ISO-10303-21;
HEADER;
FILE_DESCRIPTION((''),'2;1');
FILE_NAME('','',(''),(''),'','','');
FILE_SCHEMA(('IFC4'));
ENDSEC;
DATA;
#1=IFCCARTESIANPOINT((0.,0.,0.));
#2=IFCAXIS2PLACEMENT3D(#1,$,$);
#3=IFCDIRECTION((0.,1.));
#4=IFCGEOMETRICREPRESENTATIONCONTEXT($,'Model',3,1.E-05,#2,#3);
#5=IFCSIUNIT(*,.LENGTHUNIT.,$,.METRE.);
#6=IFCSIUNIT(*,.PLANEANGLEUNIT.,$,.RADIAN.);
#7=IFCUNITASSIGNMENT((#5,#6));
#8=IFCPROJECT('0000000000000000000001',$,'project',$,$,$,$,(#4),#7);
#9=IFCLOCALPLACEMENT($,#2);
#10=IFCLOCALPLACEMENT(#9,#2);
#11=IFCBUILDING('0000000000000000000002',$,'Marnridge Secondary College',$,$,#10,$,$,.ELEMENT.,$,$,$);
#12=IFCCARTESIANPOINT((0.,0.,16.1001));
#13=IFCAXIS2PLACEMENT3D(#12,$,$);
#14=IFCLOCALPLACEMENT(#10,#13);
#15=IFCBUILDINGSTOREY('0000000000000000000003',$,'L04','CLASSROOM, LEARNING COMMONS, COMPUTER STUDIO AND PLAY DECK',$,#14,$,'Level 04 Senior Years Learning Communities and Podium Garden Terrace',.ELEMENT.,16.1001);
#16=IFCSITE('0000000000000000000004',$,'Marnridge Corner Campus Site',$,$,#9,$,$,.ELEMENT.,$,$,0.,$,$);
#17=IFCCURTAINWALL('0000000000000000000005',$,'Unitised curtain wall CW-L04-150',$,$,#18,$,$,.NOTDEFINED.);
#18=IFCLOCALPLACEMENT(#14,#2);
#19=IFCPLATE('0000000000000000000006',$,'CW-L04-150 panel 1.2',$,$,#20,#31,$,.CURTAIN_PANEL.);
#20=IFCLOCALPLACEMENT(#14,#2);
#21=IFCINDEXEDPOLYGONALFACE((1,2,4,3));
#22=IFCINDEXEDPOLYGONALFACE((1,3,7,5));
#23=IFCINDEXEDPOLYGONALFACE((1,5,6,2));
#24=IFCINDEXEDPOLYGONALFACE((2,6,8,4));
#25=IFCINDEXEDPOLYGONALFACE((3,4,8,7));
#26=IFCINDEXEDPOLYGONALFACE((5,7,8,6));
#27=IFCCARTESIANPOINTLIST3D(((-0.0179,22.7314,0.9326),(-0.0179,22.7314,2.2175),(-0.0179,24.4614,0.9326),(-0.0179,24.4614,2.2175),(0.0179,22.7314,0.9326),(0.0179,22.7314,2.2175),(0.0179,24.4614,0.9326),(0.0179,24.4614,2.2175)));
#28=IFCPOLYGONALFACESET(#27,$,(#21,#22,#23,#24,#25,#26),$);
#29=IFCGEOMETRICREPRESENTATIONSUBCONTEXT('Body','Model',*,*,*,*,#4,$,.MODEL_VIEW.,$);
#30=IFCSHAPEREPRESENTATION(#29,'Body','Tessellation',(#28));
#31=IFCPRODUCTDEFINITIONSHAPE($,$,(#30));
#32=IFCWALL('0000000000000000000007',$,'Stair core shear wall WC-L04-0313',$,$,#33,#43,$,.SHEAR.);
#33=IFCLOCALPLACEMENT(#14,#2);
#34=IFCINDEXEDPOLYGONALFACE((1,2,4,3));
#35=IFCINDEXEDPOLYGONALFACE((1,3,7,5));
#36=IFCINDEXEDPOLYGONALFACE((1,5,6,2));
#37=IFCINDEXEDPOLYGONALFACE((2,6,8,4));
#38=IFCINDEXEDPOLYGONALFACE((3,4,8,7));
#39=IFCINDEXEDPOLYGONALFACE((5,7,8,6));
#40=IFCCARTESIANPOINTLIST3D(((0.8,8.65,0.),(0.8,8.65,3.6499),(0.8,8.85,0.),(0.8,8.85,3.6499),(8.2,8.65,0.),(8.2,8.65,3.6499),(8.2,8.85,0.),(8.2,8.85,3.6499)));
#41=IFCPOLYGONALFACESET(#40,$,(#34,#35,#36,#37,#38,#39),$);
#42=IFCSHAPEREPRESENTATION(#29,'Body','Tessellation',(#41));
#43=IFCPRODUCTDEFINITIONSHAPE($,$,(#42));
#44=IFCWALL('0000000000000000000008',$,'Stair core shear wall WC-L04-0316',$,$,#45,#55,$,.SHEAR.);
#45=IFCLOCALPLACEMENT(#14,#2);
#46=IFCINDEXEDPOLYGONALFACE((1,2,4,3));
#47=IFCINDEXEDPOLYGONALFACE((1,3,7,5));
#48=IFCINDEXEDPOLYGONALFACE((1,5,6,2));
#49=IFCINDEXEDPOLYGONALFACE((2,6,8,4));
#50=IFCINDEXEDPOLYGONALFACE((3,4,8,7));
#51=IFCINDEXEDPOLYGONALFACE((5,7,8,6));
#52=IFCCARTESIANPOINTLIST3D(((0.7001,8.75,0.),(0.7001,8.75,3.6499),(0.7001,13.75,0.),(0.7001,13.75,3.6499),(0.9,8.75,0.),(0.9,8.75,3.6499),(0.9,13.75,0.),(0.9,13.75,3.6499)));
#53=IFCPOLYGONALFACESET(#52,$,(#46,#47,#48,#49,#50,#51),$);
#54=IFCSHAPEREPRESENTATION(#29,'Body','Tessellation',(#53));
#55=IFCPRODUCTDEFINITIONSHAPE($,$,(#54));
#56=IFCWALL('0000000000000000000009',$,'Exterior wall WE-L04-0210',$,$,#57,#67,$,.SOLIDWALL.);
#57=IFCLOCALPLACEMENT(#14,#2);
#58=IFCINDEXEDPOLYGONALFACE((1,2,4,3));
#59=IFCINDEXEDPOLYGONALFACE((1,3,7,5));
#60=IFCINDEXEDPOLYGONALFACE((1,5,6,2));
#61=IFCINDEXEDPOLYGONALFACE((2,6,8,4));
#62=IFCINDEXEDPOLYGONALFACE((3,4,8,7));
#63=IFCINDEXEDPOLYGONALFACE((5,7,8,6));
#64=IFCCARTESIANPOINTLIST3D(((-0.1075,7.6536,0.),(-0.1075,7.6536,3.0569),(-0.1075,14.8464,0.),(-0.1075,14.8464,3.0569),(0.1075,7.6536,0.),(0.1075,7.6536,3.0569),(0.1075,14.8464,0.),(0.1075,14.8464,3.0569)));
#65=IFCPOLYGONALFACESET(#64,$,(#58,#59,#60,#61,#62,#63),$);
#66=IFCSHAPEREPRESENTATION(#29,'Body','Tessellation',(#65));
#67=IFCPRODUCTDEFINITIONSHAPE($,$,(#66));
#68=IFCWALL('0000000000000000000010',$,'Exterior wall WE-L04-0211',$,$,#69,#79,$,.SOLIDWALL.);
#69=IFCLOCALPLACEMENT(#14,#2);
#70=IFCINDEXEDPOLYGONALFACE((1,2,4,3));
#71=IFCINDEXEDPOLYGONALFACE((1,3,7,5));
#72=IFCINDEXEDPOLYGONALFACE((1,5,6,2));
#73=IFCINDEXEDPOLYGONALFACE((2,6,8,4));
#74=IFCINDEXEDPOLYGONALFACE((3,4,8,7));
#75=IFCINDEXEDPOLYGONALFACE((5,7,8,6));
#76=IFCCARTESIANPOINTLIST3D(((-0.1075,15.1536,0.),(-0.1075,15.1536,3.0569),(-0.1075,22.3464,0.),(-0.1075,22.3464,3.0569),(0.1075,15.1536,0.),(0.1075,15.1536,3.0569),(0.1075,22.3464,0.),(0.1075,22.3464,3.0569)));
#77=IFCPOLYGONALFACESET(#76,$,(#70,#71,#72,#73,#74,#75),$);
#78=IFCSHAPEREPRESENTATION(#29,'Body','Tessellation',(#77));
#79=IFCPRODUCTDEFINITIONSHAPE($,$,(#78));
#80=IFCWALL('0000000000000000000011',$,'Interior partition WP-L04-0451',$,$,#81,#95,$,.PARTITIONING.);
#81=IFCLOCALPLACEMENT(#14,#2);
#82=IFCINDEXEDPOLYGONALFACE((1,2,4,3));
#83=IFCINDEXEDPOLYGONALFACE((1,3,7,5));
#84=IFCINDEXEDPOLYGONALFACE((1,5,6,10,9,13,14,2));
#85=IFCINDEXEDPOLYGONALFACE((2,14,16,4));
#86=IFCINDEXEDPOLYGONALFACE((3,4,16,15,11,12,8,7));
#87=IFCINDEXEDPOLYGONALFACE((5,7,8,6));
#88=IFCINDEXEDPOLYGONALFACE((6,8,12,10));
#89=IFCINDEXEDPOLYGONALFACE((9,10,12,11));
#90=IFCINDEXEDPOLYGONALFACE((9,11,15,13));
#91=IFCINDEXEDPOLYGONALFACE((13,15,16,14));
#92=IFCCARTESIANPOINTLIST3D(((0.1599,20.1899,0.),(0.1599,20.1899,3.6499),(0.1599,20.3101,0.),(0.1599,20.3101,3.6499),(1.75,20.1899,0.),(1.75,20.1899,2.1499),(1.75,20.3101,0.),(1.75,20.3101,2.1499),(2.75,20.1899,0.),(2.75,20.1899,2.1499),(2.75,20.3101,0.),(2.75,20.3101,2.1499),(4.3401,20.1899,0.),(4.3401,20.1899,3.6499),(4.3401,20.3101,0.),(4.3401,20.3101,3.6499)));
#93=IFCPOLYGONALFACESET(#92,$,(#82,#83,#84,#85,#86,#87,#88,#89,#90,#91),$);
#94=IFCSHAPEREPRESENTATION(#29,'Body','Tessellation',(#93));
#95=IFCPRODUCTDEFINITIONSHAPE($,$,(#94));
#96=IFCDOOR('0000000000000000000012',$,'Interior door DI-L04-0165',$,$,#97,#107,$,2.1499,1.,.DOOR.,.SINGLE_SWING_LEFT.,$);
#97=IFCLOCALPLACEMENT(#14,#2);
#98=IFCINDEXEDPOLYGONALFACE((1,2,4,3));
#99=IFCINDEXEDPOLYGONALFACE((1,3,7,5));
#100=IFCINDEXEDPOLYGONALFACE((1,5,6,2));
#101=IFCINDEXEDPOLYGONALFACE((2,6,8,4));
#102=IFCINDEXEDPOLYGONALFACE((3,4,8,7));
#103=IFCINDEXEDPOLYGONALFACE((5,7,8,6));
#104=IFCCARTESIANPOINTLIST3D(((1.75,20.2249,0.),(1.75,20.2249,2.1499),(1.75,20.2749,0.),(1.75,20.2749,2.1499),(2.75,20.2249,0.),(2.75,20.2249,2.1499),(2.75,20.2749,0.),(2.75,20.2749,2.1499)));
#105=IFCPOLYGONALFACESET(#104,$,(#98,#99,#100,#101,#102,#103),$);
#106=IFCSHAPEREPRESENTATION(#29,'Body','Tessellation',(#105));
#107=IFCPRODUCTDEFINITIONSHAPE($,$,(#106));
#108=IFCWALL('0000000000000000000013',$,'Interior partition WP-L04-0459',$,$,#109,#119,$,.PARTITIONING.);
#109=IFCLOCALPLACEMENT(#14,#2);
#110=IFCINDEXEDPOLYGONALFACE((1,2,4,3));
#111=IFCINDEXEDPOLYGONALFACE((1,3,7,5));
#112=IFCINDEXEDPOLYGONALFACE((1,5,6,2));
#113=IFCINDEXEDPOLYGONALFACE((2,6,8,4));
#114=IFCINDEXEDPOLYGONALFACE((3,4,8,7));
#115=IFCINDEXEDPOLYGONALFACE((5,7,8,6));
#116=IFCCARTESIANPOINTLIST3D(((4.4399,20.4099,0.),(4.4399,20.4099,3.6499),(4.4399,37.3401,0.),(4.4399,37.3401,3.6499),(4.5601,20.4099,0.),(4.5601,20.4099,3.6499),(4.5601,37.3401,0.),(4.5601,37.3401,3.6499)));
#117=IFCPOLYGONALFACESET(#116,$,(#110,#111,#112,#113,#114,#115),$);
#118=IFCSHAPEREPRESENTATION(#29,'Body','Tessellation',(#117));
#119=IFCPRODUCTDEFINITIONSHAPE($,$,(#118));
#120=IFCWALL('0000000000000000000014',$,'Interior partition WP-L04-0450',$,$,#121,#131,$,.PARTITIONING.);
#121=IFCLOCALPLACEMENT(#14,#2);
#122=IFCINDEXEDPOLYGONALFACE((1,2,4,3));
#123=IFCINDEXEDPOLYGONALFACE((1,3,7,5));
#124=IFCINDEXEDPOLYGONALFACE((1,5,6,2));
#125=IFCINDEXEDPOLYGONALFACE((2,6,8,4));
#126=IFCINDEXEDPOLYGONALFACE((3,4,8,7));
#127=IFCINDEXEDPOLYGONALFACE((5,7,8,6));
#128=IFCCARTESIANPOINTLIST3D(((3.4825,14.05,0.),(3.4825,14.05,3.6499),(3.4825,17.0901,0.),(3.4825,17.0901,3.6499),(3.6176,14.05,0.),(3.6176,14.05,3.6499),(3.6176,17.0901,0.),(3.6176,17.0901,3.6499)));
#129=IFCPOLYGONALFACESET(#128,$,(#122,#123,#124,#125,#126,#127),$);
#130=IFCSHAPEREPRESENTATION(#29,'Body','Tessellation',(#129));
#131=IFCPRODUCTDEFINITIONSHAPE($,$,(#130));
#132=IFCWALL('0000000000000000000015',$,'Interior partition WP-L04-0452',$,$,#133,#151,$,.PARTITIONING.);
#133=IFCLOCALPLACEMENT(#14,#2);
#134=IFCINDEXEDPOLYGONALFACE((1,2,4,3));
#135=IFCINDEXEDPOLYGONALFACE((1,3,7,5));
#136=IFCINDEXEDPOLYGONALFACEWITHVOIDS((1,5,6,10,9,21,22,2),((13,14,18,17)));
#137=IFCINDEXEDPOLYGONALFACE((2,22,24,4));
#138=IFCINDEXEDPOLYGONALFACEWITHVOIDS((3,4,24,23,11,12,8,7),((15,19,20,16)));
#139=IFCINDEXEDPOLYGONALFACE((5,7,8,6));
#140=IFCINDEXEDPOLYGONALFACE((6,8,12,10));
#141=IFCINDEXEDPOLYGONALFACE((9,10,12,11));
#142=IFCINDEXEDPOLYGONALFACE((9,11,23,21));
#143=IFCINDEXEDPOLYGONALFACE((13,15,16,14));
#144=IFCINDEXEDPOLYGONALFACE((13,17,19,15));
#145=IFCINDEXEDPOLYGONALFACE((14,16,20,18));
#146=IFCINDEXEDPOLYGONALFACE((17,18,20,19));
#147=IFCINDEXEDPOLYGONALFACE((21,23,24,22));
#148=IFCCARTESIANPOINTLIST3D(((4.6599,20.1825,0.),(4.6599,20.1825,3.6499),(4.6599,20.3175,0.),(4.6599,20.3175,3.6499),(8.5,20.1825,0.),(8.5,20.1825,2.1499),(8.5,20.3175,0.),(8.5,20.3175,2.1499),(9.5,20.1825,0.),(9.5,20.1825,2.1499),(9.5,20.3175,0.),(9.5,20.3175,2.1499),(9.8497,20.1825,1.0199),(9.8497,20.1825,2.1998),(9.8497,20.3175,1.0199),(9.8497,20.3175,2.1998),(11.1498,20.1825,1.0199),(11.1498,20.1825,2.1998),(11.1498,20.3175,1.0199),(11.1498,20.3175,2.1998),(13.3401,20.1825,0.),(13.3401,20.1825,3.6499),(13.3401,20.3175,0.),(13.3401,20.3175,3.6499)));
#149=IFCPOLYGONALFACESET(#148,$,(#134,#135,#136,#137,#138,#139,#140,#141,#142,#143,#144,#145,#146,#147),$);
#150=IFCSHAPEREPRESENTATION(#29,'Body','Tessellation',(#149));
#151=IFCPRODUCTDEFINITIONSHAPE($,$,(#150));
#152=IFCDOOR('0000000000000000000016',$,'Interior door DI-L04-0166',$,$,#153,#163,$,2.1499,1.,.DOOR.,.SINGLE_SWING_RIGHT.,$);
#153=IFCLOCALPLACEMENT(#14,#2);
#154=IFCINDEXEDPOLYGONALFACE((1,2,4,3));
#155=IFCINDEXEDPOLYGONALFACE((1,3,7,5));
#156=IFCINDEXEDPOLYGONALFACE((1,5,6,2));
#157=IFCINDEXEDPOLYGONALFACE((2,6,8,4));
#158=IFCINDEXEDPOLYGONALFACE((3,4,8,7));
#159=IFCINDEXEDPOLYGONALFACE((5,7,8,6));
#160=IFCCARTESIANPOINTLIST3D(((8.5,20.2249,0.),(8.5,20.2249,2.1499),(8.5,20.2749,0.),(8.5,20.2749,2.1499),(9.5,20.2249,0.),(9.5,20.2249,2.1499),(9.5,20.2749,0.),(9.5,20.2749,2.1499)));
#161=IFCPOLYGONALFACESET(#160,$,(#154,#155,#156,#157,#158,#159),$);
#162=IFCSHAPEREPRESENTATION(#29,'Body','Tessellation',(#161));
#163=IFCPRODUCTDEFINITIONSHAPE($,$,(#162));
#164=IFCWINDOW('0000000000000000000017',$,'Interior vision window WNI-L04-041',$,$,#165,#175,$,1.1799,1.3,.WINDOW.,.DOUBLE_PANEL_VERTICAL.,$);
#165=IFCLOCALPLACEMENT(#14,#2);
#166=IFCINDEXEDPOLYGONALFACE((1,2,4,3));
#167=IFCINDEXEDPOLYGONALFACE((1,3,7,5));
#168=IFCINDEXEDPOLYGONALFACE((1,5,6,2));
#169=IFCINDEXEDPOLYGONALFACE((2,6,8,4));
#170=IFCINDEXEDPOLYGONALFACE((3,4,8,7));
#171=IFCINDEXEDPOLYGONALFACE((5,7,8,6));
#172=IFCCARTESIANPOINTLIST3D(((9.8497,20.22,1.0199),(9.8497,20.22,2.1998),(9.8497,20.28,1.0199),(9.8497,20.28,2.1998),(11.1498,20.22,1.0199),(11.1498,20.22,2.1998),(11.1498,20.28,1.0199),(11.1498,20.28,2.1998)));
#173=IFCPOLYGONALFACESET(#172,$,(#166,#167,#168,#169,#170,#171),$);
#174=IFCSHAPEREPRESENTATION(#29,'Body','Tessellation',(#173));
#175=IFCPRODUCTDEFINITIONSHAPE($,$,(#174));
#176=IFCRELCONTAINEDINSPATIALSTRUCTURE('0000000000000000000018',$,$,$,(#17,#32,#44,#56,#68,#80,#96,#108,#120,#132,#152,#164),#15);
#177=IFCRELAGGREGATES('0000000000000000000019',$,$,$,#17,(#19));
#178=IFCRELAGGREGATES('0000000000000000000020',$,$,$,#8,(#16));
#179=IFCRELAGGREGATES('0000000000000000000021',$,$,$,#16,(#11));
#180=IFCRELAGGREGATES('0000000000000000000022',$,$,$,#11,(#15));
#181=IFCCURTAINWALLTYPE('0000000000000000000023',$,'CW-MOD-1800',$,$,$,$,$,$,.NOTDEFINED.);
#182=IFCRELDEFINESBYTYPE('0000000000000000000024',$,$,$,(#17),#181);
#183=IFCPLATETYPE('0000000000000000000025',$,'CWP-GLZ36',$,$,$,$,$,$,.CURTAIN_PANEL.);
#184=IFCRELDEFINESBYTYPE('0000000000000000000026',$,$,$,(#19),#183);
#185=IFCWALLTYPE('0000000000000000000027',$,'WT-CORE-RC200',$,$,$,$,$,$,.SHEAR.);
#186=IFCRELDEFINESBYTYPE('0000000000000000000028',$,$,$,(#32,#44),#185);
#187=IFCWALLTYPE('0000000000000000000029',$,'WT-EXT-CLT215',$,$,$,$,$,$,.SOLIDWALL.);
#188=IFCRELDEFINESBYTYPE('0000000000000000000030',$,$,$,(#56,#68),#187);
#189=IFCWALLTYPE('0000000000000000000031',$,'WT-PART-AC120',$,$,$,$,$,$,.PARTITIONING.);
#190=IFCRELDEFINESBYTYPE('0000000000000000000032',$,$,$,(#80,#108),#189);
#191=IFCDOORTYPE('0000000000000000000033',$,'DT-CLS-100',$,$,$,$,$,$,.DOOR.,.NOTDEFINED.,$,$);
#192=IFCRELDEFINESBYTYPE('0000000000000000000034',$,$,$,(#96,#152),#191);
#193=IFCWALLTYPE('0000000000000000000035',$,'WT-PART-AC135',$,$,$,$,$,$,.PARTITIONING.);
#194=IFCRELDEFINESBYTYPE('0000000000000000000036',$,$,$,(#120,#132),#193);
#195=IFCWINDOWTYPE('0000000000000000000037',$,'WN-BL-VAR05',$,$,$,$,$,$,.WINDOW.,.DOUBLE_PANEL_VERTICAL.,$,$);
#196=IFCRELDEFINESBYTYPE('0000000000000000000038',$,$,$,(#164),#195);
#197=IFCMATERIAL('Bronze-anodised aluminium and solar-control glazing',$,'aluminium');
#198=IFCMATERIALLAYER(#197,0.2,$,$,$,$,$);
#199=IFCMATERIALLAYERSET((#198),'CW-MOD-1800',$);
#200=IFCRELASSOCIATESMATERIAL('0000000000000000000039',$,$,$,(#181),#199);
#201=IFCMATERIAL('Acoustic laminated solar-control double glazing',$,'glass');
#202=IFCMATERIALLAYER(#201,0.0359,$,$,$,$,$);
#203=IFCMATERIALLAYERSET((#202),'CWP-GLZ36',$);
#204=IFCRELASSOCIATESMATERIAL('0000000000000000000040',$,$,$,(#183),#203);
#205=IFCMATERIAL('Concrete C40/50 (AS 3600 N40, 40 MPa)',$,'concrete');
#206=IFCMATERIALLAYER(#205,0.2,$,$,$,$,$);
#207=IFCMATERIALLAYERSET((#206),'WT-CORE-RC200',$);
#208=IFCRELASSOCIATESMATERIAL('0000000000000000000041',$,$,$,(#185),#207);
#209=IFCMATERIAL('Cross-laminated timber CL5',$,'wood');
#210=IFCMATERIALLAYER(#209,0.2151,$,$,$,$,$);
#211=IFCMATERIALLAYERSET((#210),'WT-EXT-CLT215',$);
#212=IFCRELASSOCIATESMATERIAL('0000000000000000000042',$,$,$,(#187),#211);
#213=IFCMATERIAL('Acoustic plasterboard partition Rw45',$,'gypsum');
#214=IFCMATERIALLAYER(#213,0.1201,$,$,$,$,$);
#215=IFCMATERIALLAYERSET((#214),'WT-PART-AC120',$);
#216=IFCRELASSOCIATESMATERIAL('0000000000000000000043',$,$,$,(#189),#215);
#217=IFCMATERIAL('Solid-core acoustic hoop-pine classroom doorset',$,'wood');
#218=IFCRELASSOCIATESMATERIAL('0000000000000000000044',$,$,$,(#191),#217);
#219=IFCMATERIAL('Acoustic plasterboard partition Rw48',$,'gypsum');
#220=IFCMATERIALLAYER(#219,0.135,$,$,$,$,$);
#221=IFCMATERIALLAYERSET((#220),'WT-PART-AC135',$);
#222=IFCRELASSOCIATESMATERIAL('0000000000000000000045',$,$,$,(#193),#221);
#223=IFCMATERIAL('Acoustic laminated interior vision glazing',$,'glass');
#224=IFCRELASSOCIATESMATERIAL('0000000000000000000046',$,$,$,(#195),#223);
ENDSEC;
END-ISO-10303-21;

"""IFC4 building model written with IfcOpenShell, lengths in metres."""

from ifc_helpers import new_model, si_unit, direction, frame, frame_2d, origin, origin_2d, place, context, subcontext, project, spatial, rectangle, extrude, material, layer, layer_set, type_object, element, fill, aggregate, save


model = new_model("IFC4")

# Units and contexts
model_context = context("Model", 3, precision=1e-05, world=origin(), true_north=direction((0.0, 1.0)))
body_context = subcontext(model_context, "Body", "Model", "MODEL_VIEW")
ifc_project = project(units=[si_unit("LENGTHUNIT", "METRE"), si_unit("PLANEANGLEUNIT", "RADIAN")], contexts=[model_context])

# Site, building, storey
site_placement = place(None, origin())
site = spatial("IfcSite", under=ifc_project, at=site_placement, Name="Marnridge Corner Campus Site", CompositionType="ELEMENT", RefElevation=0.0)
building_placement = place(site_placement, origin())
building = spatial("IfcBuilding", under=site, at=building_placement, Name="Marnridge Secondary College", CompositionType="ELEMENT")
storey_placement = place(building_placement, frame((0.0, 0.0, 16.1001)))
storey = spatial("IfcBuildingStorey", under=building, at=storey_placement, Name="L04", Description="CLASSROOM, LEARNING COMMONS, COMPUTER STUDIO AND PLAY DECK", LongName="Level 04 Senior Years Learning Communities and Podium Garden Terrace", CompositionType="ELEMENT", Elevation=16.1001)

# Curtain wall, plate
ifc_material_1 = material(Name="Bronze-anodised aluminium and solar-control glazing", Category="aluminium")
ifc_layer_1 = layer(ifc_material_1, 0.2)
ifc_layer_set_1 = layer_set([ifc_layer_1], Name="CW-MOD-1800")
curtain_wall_type = type_object("IfcCurtainWallType", Name="CW-MOD-1800", PredefinedType="NOTDEFINED", material=ifc_layer_set_1)
curtain_wall_placement = place(storey_placement, origin())
curtain_wall = element("IfcCurtainWall", 1, at=curtain_wall_placement, inside=storey, type_object=curtain_wall_type, Name="Unitised curtain wall CW-L04-150", PredefinedType="NOTDEFINED")
ifc_material_2 = material(Name="Acoustic laminated solar-control double glazing", Category="glass")
ifc_layer_2 = layer(ifc_material_2, 0.0359)
ifc_layer_set_2 = layer_set([ifc_layer_2], Name="CWP-GLZ36")
plate_type = type_object("IfcPlateType", Name="CWP-GLZ36", PredefinedType="CURTAIN_PANEL", material=ifc_layer_set_2)
plate_1_placement = place(storey_placement, frame((0.0, 23.5964, 0.9326), z_axis=(0.0, 0.0, 1.0), x_axis=(0.0, 1.0, 0.0)))
plate_1 = element("IfcPlate", 2, at=plate_1_placement, type_object=plate_type, Name="CW-L04-150 panel 1.2", PredefinedType="CURTAIN_PANEL", context=body_context, shape_type="SweptSolid", body=[
    extrude(rectangle(XDim=1.73, YDim=0.0359, at=origin_2d()), origin(), (0.0, 0.0, 1.0), 1.2849),
])
aggregate(curtain_wall, [plate_1])

# Walls
ifc_material_3 = material(Name="Concrete C40/50 (AS 3600 N40, 40 MPa)", Category="concrete")
ifc_layer_3 = layer(ifc_material_3, 0.2)
ifc_layer_set_3 = layer_set([ifc_layer_3], Name="WT-CORE-RC200")
wall_type_1 = type_object("IfcWallType", Name="WT-CORE-RC200", PredefinedType="SHEAR", material=ifc_layer_set_3)
wall_1_placement = place(storey_placement, frame((0.8, 8.75, 0.0), z_axis=(0.0, 0.0, 1.0), x_axis=(1.0, 0.0, 0.0)))
element("IfcWall", 3, at=wall_1_placement, inside=storey, type_object=wall_type_1, Name="Stair core shear wall WC-L04-0313", PredefinedType="SHEAR", context=body_context, shape_type="SweptSolid", body=[
    extrude(rectangle(XDim=7.3999, YDim=0.2, at=frame_2d((3.7, 0.0))), origin(), (0.0, 0.0, 1.0), 3.6499),
])
wall_2_placement = place(storey_placement, frame((0.8, 13.75, 0.0), z_axis=(0.0, 0.0, 1.0), x_axis=(0.0, -1.0, 0.0)))
element("IfcWall", 4, at=wall_2_placement, inside=storey, type_object=wall_type_1, Name="Stair core shear wall WC-L04-0316", PredefinedType="SHEAR", context=body_context, shape_type="SweptSolid", body=[
    extrude(rectangle(XDim=5.0, YDim=0.2, at=frame_2d((2.5, 0.0))), origin(), (0.0, 0.0, 1.0), 3.6499),
])
ifc_material_4 = material(Name="Cross-laminated timber CL5", Category="wood")
ifc_layer_4 = layer(ifc_material_4, 0.2151)
ifc_layer_set_4 = layer_set([ifc_layer_4], Name="WT-EXT-CLT215")
wall_type_2 = type_object("IfcWallType", Name="WT-EXT-CLT215", PredefinedType="SOLIDWALL", material=ifc_layer_set_4)
for number, where, z_axis, x_axis, name in (
    (5, (0.0, 7.6536, 0.0), (0.0, 0.0, 1.0), (0.0, 1.0, 0.0), "Exterior wall WE-L04-0210"),
    (6, (0.0, 15.1536, 0.0), (0.0, 0.0, 1.0), (0.0, 1.0, 0.0), "Exterior wall WE-L04-0211"),
):
    element("IfcWall", number, at=place(storey_placement, frame(where, z_axis=z_axis, x_axis=x_axis)), inside=storey, type_object=wall_type_2, Name=name, PredefinedType="SOLIDWALL", context=body_context, shape_type="SweptSolid", body=[
        extrude(rectangle(XDim=7.1929, YDim=0.2151, at=frame_2d((3.5964, 0.0))), origin(), (0.0, 0.0, 1.0), 3.0569),
    ])

# Wall, opening, door
ifc_material_5 = material(Name="Acoustic plasterboard partition Rw45", Category="gypsum")
ifc_layer_5 = layer(ifc_material_5, 0.1201)
ifc_layer_set_5 = layer_set([ifc_layer_5], Name="WT-PART-AC120")
wall_type_3 = type_object("IfcWallType", Name="WT-PART-AC120", PredefinedType="PARTITIONING", material=ifc_layer_set_5)
wall_3_placement = place(storey_placement, frame((0.1599, 20.25, 0.0), z_axis=(0.0, 0.0, 1.0), x_axis=(1.0, 0.0, 0.0)))
wall_3 = element("IfcWall", 7, at=wall_3_placement, inside=storey, type_object=wall_type_3, Name="Interior partition WP-L04-0451", PredefinedType="PARTITIONING", context=body_context, shape_type="SweptSolid", body=[
    extrude(rectangle(XDim=4.1802, YDim=0.1201, at=frame_2d((2.0901, 0.0))), origin(), (0.0, 0.0, 1.0), 3.6499),
])
opening_1_placement = place(wall_3_placement, frame((1.5901, 0.0, 0.0)))
opening_1 = element("IfcOpeningElement", 8, at=opening_1_placement, cuts=wall_3, PredefinedType="OPENING", context=body_context, shape_type="SweptSolid", body=[
    extrude(rectangle(XDim=1.0, YDim=2.1499, at=frame_2d((0.5, 1.075))), frame((0.0, 0.0701, 0.0), z_axis=(0.0, -1.0, 0.0), x_axis=(1.0, 0.0, 0.0)), (0.0, 0.0, 1.0), 0.1401),
])
ifc_material_6 = material(Name="Solid-core acoustic hoop-pine classroom doorset", Category="wood")
door_type = type_object("IfcDoorType", Name="DT-CLS-100", OperationType="NOTDEFINED", PredefinedType="DOOR", material=ifc_material_6)
door_1_placement = place(opening_1_placement, origin())
door_1 = element("IfcDoor", 9, at=door_1_placement, inside=storey, type_object=door_type, Name="Interior door DI-L04-0165", OperationType="SINGLE_SWING_LEFT", OverallHeight=2.1499, OverallWidth=1.0, PredefinedType="DOOR", context=body_context, shape_type="SweptSolid", body=[
    extrude(rectangle(XDim=1.0, YDim=2.1499, at=frame_2d((0.5, 1.075))), frame((0.0, 0.0249, 0.0), z_axis=(0.0, -1.0, 0.0), x_axis=(1.0, 0.0, 0.0)), (0.0, 0.0, 1.0), 0.05),
])
fill(opening_1, door_1)

# Walls
wall_4_placement = place(storey_placement, frame((4.5, 20.4099, 0.0), z_axis=(0.0, 0.0, 1.0), x_axis=(0.0, 1.0, 0.0)))
element("IfcWall", 10, at=wall_4_placement, inside=storey, type_object=wall_type_3, Name="Interior partition WP-L04-0459", PredefinedType="PARTITIONING", context=body_context, shape_type="SweptSolid", body=[
    extrude(rectangle(XDim=16.9302, YDim=0.1201, at=frame_2d((8.4651, 0.0))), origin(), (0.0, 0.0, 1.0), 3.6499),
])
ifc_material_7 = material(Name="Acoustic plasterboard partition Rw48", Category="gypsum")
ifc_layer_6 = layer(ifc_material_7, 0.135)
ifc_layer_set_6 = layer_set([ifc_layer_6], Name="WT-PART-AC135")
wall_type_4 = type_object("IfcWallType", Name="WT-PART-AC135", PredefinedType="PARTITIONING", material=ifc_layer_set_6)
wall_5_placement = place(storey_placement, frame((3.55, 17.0901, 0.0), z_axis=(0.0, 0.0, 1.0), x_axis=(0.0, -1.0, 0.0)))
element("IfcWall", 11, at=wall_5_placement, inside=storey, type_object=wall_type_4, Name="Interior partition WP-L04-0450", PredefinedType="PARTITIONING", context=body_context, shape_type="SweptSolid", body=[
    extrude(rectangle(XDim=3.04, YDim=0.135, at=frame_2d((1.52, 0.0))), origin(), (0.0, 0.0, 1.0), 3.6499),
])

# Wall, openings, door, window
wall_6_placement = place(storey_placement, frame((4.6599, 20.25, 0.0), z_axis=(0.0, 0.0, 1.0), x_axis=(1.0, 0.0, 0.0)))
wall_6 = element("IfcWall", 12, at=wall_6_placement, inside=storey, type_object=wall_type_4, Name="Interior partition WP-L04-0452", PredefinedType="PARTITIONING", context=body_context, shape_type="SweptSolid", body=[
    extrude(rectangle(XDim=8.6802, YDim=0.135, at=frame_2d((4.3401, 0.0))), origin(), (0.0, 0.0, 1.0), 3.6499),
])
opening_2_placement = place(wall_6_placement, frame((3.8401, 0.0, 0.0)))
opening_2 = element("IfcOpeningElement", 13, at=opening_2_placement, cuts=wall_6, PredefinedType="OPENING", context=body_context, shape_type="SweptSolid", body=[
    extrude(rectangle(XDim=1.0, YDim=2.1499, at=frame_2d((0.5, 1.075))), frame((0.0, 0.0774, 0.0), z_axis=(0.0, -1.0, 0.0), x_axis=(1.0, 0.0, 0.0)), (0.0, 0.0, 1.0), 0.155),
])
opening_3_placement = place(wall_6_placement, frame((5.1899, 0.0, 1.02)))
opening_3 = element("IfcOpeningElement", 14, at=opening_3_placement, cuts=wall_6, PredefinedType="OPENING", context=body_context, shape_type="SweptSolid", body=[
    extrude(rectangle(XDim=1.3, YDim=1.1799, at=frame_2d((0.6499, 0.5898))), frame((0.0, 0.0774, 0.0), z_axis=(0.0, -1.0, 0.0), x_axis=(1.0, 0.0, 0.0)), (0.0, 0.0, 1.0), 0.155),
])
door_2_placement = place(opening_2_placement, origin())
door_2 = element("IfcDoor", 15, at=door_2_placement, inside=storey, type_object=door_type, Name="Interior door DI-L04-0166", OperationType="SINGLE_SWING_RIGHT", OverallHeight=2.1499, OverallWidth=1.0, PredefinedType="DOOR", context=body_context, shape_type="SweptSolid", body=[
    extrude(rectangle(XDim=1.0, YDim=2.1499, at=frame_2d((0.5, 1.075))), frame((0.0, 0.0249, 0.0), z_axis=(0.0, -1.0, 0.0), x_axis=(1.0, 0.0, 0.0)), (0.0, 0.0, 1.0), 0.05),
])
fill(opening_2, door_2)
ifc_material_8 = material(Name="Acoustic laminated interior vision glazing", Category="glass")
window_type = type_object("IfcWindowType", Name="WN-BL-VAR05", PartitioningType="DOUBLE_PANEL_VERTICAL", PredefinedType="WINDOW", material=ifc_material_8)
window_placement = place(opening_3_placement, origin())
window = element("IfcWindow", 16, at=window_placement, inside=storey, type_object=window_type, Name="Interior vision window WNI-L04-041", OverallHeight=1.1799, OverallWidth=1.3, PartitioningType="DOUBLE_PANEL_VERTICAL", PredefinedType="WINDOW", context=body_context, shape_type="SweptSolid", body=[
    extrude(rectangle(XDim=1.3, YDim=1.1799, at=frame_2d((0.6499, 0.5898))), frame((0.0, 0.03, 0.0), z_axis=(0.0, -1.0, 0.0), x_axis=(1.0, 0.0, 0.0)), (0.0, 0.0, 1.0), 0.0601),
])
fill(opening_3, window)

save(model, "model.ifc")
